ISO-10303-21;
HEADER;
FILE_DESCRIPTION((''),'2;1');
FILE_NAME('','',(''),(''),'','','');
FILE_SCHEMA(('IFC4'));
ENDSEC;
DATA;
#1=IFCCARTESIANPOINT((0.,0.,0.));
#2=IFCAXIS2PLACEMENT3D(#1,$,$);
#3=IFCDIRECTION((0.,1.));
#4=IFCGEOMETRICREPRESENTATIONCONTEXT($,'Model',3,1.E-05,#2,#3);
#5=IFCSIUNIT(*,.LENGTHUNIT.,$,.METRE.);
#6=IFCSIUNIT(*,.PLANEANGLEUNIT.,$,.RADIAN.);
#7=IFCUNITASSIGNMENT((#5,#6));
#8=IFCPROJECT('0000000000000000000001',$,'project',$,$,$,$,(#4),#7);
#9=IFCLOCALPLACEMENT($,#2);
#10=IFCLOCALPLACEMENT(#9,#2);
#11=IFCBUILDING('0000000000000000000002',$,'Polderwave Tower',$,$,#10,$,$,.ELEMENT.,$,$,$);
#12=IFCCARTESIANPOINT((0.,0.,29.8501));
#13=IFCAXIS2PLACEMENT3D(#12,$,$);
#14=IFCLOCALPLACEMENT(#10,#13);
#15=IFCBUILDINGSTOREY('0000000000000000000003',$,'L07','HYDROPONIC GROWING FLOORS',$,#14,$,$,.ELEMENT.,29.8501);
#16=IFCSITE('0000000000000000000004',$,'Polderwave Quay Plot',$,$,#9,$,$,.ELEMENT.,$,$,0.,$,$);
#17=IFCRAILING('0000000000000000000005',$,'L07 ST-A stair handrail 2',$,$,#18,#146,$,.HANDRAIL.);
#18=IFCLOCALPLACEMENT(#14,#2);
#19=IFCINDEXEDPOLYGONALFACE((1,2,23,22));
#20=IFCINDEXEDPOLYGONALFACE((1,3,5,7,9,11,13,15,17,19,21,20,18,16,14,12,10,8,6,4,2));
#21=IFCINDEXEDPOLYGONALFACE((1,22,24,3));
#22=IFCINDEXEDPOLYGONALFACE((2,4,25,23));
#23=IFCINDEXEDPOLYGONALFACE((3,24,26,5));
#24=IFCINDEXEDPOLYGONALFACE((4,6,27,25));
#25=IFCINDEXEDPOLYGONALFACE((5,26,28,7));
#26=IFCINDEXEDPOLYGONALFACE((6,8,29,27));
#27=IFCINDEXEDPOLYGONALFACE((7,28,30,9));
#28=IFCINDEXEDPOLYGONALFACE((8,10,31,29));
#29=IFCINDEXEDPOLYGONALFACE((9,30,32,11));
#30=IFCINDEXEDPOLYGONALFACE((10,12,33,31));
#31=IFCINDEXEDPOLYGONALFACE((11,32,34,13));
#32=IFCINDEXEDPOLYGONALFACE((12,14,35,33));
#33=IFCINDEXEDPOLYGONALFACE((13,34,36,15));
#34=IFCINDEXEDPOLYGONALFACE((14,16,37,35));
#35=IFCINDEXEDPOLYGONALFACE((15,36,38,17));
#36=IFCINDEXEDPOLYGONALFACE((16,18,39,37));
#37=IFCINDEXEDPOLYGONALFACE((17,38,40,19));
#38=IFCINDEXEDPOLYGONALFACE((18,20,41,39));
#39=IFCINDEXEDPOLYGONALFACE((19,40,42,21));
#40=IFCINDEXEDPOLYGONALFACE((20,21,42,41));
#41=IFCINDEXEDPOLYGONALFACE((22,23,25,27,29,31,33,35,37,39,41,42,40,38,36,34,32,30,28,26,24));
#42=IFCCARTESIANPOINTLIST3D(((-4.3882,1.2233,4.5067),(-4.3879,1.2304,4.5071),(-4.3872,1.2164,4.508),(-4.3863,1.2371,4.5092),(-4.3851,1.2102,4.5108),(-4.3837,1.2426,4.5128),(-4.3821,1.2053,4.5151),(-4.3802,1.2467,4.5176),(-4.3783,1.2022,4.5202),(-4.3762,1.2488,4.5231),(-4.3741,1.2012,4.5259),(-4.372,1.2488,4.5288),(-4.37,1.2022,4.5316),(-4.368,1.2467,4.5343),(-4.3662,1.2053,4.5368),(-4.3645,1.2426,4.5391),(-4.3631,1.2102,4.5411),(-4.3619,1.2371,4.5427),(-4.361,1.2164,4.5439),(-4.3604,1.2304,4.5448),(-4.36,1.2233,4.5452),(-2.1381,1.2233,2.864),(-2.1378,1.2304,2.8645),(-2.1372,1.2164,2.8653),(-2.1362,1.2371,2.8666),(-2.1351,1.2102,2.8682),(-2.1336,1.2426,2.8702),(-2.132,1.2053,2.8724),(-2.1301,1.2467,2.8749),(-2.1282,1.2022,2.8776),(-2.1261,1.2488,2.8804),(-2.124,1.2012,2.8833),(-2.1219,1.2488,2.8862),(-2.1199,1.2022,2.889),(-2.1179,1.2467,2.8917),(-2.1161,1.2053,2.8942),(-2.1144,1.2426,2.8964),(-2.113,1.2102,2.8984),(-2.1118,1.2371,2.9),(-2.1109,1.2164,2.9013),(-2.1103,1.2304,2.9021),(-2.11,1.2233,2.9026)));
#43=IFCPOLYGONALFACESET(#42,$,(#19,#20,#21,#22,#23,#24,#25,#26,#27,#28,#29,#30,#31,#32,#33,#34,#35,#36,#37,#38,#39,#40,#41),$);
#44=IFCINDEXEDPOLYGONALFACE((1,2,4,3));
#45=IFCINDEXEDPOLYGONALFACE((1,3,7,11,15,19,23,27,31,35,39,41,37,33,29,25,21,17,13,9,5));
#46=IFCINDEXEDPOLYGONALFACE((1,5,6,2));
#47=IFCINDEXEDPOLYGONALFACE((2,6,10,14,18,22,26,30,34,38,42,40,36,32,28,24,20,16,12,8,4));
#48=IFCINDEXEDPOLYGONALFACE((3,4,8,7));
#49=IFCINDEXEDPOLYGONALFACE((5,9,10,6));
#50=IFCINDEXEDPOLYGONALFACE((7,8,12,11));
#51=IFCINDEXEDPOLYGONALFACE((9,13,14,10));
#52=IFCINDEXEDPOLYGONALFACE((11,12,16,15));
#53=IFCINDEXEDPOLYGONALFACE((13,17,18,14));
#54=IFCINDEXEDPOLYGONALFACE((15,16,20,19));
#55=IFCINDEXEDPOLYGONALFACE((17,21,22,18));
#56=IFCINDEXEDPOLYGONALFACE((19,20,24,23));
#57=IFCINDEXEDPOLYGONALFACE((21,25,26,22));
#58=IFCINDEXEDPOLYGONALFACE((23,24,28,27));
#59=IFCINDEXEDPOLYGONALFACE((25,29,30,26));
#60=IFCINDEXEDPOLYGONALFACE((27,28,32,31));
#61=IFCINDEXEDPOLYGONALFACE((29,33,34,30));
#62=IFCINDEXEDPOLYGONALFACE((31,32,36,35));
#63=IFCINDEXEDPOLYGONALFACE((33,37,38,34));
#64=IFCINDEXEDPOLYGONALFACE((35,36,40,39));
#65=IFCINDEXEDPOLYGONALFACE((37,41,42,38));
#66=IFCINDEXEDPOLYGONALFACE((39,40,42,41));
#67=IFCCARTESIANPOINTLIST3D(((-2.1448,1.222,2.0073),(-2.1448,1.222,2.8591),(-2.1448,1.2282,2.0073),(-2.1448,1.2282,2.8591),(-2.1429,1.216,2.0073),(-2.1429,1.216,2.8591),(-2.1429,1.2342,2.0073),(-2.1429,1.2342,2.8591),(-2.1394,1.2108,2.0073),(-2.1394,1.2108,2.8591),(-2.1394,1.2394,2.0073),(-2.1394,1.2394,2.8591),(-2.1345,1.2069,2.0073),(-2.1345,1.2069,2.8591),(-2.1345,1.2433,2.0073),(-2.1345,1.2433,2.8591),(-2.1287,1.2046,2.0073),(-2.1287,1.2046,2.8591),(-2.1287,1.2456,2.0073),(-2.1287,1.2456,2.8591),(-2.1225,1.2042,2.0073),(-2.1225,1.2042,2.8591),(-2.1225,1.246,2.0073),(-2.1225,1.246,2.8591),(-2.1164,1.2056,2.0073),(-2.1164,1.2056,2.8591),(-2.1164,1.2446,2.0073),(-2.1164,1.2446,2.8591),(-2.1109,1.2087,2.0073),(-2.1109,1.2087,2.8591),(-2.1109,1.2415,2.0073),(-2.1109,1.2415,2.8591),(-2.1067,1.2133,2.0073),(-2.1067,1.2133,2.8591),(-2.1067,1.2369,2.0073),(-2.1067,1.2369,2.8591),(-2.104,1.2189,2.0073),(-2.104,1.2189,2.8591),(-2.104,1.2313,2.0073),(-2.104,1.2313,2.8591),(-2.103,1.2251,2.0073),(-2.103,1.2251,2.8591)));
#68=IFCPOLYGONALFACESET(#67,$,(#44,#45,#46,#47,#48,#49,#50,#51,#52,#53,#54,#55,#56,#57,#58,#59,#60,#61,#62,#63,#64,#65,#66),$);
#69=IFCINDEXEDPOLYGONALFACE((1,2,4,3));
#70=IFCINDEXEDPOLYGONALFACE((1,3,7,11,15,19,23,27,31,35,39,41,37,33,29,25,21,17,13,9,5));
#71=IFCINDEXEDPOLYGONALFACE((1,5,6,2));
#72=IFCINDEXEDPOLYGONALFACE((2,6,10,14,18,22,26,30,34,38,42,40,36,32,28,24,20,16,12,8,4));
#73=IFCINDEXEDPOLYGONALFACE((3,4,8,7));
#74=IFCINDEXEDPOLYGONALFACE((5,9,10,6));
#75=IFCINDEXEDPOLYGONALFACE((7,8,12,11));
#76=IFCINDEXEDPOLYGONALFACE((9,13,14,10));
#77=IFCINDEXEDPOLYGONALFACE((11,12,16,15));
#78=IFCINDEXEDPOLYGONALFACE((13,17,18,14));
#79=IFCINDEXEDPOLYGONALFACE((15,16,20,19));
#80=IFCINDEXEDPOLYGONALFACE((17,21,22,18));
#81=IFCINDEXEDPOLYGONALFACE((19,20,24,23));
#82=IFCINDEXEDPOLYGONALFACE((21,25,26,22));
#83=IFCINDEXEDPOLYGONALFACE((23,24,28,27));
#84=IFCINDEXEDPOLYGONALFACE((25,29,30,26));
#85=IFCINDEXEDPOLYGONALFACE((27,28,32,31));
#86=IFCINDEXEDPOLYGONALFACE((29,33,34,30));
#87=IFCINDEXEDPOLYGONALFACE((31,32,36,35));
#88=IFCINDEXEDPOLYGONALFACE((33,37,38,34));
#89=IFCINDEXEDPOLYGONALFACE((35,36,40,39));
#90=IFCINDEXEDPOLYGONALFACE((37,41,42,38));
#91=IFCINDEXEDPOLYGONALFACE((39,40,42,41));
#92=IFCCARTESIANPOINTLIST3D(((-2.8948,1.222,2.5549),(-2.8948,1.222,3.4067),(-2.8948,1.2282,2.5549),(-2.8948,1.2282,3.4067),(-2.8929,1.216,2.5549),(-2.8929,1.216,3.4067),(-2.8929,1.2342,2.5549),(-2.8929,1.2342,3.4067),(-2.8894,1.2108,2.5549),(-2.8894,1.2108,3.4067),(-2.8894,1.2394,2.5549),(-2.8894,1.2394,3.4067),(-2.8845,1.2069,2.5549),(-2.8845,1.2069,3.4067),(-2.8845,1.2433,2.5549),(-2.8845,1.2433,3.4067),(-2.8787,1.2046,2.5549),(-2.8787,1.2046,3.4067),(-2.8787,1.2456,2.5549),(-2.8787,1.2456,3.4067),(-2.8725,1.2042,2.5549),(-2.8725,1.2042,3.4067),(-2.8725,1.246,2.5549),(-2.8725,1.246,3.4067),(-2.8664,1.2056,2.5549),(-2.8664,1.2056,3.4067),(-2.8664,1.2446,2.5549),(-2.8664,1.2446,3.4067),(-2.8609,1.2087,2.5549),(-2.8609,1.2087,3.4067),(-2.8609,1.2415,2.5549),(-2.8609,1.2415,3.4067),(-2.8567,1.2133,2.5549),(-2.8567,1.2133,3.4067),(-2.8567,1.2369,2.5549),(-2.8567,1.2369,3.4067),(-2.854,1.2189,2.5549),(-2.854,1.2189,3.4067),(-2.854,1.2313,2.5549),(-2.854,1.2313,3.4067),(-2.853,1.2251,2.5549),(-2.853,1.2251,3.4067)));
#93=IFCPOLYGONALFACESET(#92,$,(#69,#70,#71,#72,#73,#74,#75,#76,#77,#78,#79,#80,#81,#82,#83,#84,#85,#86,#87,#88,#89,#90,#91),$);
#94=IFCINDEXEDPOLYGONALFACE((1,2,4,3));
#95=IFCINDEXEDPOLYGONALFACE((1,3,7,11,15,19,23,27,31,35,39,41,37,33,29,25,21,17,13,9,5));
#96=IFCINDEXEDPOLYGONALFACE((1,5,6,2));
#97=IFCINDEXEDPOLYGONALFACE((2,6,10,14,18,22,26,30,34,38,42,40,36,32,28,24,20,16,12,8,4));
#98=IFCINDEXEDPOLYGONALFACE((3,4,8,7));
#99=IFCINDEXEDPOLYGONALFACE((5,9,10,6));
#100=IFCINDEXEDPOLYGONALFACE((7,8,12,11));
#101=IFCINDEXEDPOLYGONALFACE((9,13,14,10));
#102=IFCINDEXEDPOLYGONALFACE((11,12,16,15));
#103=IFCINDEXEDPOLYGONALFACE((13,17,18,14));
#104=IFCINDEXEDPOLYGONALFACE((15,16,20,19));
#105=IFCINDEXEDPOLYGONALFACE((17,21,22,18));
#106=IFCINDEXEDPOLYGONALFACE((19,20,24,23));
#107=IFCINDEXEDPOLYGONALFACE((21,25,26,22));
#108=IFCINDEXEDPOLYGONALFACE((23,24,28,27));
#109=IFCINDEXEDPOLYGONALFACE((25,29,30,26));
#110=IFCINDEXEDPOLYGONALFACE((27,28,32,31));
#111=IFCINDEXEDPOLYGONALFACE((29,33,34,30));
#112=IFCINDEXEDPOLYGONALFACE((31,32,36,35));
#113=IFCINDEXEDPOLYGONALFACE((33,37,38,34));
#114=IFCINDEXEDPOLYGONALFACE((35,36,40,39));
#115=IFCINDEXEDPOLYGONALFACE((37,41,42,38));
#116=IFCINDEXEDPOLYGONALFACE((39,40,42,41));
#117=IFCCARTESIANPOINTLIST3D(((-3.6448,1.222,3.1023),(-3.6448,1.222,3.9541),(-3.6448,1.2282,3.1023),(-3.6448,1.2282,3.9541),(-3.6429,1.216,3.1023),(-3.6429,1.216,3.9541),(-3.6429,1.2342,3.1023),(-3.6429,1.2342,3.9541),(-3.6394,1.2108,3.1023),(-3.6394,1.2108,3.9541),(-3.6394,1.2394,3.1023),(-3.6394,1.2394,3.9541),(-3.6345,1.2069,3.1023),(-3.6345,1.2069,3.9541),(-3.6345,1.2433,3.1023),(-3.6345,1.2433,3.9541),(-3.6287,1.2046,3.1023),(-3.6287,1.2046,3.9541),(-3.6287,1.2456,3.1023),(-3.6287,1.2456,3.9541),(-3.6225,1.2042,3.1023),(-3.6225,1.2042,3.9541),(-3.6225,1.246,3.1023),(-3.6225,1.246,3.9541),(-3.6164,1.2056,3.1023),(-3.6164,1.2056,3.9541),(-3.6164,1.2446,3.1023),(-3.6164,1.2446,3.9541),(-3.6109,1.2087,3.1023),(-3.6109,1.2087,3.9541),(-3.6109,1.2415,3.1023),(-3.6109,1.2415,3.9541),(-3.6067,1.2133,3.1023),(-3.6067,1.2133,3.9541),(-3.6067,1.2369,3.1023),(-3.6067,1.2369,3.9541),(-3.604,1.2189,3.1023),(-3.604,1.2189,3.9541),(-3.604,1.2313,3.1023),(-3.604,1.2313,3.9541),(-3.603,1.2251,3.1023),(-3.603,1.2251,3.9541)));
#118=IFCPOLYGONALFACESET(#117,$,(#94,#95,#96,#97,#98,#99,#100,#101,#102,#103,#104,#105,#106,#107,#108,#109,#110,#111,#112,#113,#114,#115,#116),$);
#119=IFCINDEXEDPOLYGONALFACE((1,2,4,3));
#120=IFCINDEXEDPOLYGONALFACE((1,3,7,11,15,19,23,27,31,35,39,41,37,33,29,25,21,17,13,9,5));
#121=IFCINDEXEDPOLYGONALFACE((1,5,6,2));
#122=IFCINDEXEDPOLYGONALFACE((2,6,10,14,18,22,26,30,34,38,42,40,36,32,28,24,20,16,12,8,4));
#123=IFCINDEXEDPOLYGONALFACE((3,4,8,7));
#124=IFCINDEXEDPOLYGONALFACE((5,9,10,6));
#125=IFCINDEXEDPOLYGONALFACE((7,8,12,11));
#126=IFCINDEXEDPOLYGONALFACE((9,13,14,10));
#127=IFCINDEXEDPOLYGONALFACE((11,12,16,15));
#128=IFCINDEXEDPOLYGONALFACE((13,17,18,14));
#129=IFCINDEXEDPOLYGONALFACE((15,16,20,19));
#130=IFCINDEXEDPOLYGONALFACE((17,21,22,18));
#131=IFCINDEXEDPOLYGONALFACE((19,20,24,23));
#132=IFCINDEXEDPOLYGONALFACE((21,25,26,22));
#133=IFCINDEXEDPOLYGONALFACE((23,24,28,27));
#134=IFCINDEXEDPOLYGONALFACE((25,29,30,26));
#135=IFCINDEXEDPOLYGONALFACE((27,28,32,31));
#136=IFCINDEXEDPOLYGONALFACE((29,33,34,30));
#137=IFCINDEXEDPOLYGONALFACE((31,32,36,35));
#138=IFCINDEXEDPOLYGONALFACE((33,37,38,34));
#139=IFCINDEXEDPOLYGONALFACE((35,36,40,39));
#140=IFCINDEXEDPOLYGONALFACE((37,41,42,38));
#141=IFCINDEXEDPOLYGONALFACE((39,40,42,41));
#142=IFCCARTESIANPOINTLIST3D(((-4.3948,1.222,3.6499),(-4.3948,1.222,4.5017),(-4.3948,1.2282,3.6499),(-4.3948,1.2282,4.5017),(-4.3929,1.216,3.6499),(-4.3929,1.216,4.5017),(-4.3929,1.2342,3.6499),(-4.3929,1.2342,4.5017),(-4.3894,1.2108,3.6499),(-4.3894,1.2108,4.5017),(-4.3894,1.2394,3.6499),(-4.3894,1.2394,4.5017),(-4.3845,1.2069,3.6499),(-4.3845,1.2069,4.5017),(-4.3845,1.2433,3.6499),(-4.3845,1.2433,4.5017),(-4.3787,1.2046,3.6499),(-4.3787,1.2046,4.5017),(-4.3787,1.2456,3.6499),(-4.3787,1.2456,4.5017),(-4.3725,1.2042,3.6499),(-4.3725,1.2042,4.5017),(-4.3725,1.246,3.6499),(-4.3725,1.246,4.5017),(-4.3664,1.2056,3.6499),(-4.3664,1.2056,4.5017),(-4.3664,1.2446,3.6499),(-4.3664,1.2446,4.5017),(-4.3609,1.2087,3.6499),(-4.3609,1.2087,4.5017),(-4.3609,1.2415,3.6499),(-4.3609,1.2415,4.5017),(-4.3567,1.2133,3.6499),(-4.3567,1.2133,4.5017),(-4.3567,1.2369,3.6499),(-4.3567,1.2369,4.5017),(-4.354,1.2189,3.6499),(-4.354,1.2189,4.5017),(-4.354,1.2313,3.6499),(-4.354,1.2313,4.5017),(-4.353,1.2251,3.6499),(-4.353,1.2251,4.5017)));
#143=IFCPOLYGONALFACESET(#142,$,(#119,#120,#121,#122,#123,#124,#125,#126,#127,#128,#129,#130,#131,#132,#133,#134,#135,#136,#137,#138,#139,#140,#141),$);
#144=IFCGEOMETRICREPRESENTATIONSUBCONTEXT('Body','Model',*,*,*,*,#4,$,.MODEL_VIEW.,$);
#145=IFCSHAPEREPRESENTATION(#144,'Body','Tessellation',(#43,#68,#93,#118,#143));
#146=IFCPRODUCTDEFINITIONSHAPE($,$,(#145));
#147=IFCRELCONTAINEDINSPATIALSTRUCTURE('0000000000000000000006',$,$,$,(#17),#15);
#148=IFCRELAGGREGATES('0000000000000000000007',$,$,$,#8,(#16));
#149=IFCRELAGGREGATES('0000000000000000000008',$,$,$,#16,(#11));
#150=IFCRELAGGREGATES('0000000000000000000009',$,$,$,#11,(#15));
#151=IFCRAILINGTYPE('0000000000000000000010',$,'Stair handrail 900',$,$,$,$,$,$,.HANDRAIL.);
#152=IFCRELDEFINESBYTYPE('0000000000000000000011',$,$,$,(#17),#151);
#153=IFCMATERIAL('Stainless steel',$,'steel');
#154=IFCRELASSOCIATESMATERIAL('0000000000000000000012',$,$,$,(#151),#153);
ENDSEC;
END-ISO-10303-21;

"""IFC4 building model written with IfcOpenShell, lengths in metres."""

from ifc_helpers import new_model, si_unit, direction, frame, origin, origin_2d, place, context, subcontext, project, spatial, circle, extrude, material, type_object, element, save


model = new_model("IFC4")

# Units and contexts
model_context = context("Model", 3, precision=1e-05, world=origin(), true_north=direction((0.0, 1.0)))
body_context = subcontext(model_context, "Body", "Model", "MODEL_VIEW")
ifc_project = project(units=[si_unit("LENGTHUNIT", "METRE"), si_unit("PLANEANGLEUNIT", "RADIAN")], contexts=[model_context])

# Site, building, storey
site_placement = place(None, origin())
site = spatial("IfcSite", under=ifc_project, at=site_placement, Name="Polderwave Quay Plot", CompositionType="ELEMENT", RefElevation=0.0)
building_placement = place(site_placement, origin())
building = spatial("IfcBuilding", under=site, at=building_placement, Name="Polderwave Tower", CompositionType="ELEMENT")
storey_placement = place(building_placement, frame((0.0, 0.0, 29.8501)))
storey = spatial("IfcBuildingStorey", under=building, at=storey_placement, Name="L07", Description="HYDROPONIC GROWING FLOORS", CompositionType="ELEMENT", Elevation=29.8501)

# Railing
ifc_material_1 = material(Name="Stainless steel", Category="steel")
railing_type_1 = type_object("IfcRailingType", Name="Stair handrail 900", PredefinedType="HANDRAIL", material=ifc_material_1)
railing_1_placement = place(storey_placement, frame((-2.124, 1.2251, 2.0073)))
element("IfcRailing", 1, at=railing_1_placement, inside=storey, type_object=railing_type_1, Name="L07 ST-A stair handrail 2", PredefinedType="HANDRAIL", context=body_context, shape_type="SweptSolid", body=[
    extrude(circle(Radius=0.0239, at=origin_2d()), frame((0.0, 0.0, 0.876), z_axis=(-0.807674, 0.0, 0.58963), x_axis=(0.0, -1.0, 0.0)), (0.0, 0.0, 1.0), 2.7859),
    extrude(circle(Radius=0.021, at=origin_2d()), origin(), (0.0, 0.0, 1.0), 0.8518),
    extrude(circle(Radius=0.021, at=origin_2d()), frame((-0.75, 0.0, 0.5476)), (0.0, 0.0, 1.0), 0.8518),
    extrude(circle(Radius=0.021, at=origin_2d()), frame((-1.5, 0.0, 1.095)), (0.0, 0.0, 1.0), 0.8518),
    extrude(circle(Radius=0.021, at=origin_2d()), frame((-2.25, 0.0, 1.6426)), (0.0, 0.0, 1.0), 0.8518),
])

save(model, "model.ifc")
